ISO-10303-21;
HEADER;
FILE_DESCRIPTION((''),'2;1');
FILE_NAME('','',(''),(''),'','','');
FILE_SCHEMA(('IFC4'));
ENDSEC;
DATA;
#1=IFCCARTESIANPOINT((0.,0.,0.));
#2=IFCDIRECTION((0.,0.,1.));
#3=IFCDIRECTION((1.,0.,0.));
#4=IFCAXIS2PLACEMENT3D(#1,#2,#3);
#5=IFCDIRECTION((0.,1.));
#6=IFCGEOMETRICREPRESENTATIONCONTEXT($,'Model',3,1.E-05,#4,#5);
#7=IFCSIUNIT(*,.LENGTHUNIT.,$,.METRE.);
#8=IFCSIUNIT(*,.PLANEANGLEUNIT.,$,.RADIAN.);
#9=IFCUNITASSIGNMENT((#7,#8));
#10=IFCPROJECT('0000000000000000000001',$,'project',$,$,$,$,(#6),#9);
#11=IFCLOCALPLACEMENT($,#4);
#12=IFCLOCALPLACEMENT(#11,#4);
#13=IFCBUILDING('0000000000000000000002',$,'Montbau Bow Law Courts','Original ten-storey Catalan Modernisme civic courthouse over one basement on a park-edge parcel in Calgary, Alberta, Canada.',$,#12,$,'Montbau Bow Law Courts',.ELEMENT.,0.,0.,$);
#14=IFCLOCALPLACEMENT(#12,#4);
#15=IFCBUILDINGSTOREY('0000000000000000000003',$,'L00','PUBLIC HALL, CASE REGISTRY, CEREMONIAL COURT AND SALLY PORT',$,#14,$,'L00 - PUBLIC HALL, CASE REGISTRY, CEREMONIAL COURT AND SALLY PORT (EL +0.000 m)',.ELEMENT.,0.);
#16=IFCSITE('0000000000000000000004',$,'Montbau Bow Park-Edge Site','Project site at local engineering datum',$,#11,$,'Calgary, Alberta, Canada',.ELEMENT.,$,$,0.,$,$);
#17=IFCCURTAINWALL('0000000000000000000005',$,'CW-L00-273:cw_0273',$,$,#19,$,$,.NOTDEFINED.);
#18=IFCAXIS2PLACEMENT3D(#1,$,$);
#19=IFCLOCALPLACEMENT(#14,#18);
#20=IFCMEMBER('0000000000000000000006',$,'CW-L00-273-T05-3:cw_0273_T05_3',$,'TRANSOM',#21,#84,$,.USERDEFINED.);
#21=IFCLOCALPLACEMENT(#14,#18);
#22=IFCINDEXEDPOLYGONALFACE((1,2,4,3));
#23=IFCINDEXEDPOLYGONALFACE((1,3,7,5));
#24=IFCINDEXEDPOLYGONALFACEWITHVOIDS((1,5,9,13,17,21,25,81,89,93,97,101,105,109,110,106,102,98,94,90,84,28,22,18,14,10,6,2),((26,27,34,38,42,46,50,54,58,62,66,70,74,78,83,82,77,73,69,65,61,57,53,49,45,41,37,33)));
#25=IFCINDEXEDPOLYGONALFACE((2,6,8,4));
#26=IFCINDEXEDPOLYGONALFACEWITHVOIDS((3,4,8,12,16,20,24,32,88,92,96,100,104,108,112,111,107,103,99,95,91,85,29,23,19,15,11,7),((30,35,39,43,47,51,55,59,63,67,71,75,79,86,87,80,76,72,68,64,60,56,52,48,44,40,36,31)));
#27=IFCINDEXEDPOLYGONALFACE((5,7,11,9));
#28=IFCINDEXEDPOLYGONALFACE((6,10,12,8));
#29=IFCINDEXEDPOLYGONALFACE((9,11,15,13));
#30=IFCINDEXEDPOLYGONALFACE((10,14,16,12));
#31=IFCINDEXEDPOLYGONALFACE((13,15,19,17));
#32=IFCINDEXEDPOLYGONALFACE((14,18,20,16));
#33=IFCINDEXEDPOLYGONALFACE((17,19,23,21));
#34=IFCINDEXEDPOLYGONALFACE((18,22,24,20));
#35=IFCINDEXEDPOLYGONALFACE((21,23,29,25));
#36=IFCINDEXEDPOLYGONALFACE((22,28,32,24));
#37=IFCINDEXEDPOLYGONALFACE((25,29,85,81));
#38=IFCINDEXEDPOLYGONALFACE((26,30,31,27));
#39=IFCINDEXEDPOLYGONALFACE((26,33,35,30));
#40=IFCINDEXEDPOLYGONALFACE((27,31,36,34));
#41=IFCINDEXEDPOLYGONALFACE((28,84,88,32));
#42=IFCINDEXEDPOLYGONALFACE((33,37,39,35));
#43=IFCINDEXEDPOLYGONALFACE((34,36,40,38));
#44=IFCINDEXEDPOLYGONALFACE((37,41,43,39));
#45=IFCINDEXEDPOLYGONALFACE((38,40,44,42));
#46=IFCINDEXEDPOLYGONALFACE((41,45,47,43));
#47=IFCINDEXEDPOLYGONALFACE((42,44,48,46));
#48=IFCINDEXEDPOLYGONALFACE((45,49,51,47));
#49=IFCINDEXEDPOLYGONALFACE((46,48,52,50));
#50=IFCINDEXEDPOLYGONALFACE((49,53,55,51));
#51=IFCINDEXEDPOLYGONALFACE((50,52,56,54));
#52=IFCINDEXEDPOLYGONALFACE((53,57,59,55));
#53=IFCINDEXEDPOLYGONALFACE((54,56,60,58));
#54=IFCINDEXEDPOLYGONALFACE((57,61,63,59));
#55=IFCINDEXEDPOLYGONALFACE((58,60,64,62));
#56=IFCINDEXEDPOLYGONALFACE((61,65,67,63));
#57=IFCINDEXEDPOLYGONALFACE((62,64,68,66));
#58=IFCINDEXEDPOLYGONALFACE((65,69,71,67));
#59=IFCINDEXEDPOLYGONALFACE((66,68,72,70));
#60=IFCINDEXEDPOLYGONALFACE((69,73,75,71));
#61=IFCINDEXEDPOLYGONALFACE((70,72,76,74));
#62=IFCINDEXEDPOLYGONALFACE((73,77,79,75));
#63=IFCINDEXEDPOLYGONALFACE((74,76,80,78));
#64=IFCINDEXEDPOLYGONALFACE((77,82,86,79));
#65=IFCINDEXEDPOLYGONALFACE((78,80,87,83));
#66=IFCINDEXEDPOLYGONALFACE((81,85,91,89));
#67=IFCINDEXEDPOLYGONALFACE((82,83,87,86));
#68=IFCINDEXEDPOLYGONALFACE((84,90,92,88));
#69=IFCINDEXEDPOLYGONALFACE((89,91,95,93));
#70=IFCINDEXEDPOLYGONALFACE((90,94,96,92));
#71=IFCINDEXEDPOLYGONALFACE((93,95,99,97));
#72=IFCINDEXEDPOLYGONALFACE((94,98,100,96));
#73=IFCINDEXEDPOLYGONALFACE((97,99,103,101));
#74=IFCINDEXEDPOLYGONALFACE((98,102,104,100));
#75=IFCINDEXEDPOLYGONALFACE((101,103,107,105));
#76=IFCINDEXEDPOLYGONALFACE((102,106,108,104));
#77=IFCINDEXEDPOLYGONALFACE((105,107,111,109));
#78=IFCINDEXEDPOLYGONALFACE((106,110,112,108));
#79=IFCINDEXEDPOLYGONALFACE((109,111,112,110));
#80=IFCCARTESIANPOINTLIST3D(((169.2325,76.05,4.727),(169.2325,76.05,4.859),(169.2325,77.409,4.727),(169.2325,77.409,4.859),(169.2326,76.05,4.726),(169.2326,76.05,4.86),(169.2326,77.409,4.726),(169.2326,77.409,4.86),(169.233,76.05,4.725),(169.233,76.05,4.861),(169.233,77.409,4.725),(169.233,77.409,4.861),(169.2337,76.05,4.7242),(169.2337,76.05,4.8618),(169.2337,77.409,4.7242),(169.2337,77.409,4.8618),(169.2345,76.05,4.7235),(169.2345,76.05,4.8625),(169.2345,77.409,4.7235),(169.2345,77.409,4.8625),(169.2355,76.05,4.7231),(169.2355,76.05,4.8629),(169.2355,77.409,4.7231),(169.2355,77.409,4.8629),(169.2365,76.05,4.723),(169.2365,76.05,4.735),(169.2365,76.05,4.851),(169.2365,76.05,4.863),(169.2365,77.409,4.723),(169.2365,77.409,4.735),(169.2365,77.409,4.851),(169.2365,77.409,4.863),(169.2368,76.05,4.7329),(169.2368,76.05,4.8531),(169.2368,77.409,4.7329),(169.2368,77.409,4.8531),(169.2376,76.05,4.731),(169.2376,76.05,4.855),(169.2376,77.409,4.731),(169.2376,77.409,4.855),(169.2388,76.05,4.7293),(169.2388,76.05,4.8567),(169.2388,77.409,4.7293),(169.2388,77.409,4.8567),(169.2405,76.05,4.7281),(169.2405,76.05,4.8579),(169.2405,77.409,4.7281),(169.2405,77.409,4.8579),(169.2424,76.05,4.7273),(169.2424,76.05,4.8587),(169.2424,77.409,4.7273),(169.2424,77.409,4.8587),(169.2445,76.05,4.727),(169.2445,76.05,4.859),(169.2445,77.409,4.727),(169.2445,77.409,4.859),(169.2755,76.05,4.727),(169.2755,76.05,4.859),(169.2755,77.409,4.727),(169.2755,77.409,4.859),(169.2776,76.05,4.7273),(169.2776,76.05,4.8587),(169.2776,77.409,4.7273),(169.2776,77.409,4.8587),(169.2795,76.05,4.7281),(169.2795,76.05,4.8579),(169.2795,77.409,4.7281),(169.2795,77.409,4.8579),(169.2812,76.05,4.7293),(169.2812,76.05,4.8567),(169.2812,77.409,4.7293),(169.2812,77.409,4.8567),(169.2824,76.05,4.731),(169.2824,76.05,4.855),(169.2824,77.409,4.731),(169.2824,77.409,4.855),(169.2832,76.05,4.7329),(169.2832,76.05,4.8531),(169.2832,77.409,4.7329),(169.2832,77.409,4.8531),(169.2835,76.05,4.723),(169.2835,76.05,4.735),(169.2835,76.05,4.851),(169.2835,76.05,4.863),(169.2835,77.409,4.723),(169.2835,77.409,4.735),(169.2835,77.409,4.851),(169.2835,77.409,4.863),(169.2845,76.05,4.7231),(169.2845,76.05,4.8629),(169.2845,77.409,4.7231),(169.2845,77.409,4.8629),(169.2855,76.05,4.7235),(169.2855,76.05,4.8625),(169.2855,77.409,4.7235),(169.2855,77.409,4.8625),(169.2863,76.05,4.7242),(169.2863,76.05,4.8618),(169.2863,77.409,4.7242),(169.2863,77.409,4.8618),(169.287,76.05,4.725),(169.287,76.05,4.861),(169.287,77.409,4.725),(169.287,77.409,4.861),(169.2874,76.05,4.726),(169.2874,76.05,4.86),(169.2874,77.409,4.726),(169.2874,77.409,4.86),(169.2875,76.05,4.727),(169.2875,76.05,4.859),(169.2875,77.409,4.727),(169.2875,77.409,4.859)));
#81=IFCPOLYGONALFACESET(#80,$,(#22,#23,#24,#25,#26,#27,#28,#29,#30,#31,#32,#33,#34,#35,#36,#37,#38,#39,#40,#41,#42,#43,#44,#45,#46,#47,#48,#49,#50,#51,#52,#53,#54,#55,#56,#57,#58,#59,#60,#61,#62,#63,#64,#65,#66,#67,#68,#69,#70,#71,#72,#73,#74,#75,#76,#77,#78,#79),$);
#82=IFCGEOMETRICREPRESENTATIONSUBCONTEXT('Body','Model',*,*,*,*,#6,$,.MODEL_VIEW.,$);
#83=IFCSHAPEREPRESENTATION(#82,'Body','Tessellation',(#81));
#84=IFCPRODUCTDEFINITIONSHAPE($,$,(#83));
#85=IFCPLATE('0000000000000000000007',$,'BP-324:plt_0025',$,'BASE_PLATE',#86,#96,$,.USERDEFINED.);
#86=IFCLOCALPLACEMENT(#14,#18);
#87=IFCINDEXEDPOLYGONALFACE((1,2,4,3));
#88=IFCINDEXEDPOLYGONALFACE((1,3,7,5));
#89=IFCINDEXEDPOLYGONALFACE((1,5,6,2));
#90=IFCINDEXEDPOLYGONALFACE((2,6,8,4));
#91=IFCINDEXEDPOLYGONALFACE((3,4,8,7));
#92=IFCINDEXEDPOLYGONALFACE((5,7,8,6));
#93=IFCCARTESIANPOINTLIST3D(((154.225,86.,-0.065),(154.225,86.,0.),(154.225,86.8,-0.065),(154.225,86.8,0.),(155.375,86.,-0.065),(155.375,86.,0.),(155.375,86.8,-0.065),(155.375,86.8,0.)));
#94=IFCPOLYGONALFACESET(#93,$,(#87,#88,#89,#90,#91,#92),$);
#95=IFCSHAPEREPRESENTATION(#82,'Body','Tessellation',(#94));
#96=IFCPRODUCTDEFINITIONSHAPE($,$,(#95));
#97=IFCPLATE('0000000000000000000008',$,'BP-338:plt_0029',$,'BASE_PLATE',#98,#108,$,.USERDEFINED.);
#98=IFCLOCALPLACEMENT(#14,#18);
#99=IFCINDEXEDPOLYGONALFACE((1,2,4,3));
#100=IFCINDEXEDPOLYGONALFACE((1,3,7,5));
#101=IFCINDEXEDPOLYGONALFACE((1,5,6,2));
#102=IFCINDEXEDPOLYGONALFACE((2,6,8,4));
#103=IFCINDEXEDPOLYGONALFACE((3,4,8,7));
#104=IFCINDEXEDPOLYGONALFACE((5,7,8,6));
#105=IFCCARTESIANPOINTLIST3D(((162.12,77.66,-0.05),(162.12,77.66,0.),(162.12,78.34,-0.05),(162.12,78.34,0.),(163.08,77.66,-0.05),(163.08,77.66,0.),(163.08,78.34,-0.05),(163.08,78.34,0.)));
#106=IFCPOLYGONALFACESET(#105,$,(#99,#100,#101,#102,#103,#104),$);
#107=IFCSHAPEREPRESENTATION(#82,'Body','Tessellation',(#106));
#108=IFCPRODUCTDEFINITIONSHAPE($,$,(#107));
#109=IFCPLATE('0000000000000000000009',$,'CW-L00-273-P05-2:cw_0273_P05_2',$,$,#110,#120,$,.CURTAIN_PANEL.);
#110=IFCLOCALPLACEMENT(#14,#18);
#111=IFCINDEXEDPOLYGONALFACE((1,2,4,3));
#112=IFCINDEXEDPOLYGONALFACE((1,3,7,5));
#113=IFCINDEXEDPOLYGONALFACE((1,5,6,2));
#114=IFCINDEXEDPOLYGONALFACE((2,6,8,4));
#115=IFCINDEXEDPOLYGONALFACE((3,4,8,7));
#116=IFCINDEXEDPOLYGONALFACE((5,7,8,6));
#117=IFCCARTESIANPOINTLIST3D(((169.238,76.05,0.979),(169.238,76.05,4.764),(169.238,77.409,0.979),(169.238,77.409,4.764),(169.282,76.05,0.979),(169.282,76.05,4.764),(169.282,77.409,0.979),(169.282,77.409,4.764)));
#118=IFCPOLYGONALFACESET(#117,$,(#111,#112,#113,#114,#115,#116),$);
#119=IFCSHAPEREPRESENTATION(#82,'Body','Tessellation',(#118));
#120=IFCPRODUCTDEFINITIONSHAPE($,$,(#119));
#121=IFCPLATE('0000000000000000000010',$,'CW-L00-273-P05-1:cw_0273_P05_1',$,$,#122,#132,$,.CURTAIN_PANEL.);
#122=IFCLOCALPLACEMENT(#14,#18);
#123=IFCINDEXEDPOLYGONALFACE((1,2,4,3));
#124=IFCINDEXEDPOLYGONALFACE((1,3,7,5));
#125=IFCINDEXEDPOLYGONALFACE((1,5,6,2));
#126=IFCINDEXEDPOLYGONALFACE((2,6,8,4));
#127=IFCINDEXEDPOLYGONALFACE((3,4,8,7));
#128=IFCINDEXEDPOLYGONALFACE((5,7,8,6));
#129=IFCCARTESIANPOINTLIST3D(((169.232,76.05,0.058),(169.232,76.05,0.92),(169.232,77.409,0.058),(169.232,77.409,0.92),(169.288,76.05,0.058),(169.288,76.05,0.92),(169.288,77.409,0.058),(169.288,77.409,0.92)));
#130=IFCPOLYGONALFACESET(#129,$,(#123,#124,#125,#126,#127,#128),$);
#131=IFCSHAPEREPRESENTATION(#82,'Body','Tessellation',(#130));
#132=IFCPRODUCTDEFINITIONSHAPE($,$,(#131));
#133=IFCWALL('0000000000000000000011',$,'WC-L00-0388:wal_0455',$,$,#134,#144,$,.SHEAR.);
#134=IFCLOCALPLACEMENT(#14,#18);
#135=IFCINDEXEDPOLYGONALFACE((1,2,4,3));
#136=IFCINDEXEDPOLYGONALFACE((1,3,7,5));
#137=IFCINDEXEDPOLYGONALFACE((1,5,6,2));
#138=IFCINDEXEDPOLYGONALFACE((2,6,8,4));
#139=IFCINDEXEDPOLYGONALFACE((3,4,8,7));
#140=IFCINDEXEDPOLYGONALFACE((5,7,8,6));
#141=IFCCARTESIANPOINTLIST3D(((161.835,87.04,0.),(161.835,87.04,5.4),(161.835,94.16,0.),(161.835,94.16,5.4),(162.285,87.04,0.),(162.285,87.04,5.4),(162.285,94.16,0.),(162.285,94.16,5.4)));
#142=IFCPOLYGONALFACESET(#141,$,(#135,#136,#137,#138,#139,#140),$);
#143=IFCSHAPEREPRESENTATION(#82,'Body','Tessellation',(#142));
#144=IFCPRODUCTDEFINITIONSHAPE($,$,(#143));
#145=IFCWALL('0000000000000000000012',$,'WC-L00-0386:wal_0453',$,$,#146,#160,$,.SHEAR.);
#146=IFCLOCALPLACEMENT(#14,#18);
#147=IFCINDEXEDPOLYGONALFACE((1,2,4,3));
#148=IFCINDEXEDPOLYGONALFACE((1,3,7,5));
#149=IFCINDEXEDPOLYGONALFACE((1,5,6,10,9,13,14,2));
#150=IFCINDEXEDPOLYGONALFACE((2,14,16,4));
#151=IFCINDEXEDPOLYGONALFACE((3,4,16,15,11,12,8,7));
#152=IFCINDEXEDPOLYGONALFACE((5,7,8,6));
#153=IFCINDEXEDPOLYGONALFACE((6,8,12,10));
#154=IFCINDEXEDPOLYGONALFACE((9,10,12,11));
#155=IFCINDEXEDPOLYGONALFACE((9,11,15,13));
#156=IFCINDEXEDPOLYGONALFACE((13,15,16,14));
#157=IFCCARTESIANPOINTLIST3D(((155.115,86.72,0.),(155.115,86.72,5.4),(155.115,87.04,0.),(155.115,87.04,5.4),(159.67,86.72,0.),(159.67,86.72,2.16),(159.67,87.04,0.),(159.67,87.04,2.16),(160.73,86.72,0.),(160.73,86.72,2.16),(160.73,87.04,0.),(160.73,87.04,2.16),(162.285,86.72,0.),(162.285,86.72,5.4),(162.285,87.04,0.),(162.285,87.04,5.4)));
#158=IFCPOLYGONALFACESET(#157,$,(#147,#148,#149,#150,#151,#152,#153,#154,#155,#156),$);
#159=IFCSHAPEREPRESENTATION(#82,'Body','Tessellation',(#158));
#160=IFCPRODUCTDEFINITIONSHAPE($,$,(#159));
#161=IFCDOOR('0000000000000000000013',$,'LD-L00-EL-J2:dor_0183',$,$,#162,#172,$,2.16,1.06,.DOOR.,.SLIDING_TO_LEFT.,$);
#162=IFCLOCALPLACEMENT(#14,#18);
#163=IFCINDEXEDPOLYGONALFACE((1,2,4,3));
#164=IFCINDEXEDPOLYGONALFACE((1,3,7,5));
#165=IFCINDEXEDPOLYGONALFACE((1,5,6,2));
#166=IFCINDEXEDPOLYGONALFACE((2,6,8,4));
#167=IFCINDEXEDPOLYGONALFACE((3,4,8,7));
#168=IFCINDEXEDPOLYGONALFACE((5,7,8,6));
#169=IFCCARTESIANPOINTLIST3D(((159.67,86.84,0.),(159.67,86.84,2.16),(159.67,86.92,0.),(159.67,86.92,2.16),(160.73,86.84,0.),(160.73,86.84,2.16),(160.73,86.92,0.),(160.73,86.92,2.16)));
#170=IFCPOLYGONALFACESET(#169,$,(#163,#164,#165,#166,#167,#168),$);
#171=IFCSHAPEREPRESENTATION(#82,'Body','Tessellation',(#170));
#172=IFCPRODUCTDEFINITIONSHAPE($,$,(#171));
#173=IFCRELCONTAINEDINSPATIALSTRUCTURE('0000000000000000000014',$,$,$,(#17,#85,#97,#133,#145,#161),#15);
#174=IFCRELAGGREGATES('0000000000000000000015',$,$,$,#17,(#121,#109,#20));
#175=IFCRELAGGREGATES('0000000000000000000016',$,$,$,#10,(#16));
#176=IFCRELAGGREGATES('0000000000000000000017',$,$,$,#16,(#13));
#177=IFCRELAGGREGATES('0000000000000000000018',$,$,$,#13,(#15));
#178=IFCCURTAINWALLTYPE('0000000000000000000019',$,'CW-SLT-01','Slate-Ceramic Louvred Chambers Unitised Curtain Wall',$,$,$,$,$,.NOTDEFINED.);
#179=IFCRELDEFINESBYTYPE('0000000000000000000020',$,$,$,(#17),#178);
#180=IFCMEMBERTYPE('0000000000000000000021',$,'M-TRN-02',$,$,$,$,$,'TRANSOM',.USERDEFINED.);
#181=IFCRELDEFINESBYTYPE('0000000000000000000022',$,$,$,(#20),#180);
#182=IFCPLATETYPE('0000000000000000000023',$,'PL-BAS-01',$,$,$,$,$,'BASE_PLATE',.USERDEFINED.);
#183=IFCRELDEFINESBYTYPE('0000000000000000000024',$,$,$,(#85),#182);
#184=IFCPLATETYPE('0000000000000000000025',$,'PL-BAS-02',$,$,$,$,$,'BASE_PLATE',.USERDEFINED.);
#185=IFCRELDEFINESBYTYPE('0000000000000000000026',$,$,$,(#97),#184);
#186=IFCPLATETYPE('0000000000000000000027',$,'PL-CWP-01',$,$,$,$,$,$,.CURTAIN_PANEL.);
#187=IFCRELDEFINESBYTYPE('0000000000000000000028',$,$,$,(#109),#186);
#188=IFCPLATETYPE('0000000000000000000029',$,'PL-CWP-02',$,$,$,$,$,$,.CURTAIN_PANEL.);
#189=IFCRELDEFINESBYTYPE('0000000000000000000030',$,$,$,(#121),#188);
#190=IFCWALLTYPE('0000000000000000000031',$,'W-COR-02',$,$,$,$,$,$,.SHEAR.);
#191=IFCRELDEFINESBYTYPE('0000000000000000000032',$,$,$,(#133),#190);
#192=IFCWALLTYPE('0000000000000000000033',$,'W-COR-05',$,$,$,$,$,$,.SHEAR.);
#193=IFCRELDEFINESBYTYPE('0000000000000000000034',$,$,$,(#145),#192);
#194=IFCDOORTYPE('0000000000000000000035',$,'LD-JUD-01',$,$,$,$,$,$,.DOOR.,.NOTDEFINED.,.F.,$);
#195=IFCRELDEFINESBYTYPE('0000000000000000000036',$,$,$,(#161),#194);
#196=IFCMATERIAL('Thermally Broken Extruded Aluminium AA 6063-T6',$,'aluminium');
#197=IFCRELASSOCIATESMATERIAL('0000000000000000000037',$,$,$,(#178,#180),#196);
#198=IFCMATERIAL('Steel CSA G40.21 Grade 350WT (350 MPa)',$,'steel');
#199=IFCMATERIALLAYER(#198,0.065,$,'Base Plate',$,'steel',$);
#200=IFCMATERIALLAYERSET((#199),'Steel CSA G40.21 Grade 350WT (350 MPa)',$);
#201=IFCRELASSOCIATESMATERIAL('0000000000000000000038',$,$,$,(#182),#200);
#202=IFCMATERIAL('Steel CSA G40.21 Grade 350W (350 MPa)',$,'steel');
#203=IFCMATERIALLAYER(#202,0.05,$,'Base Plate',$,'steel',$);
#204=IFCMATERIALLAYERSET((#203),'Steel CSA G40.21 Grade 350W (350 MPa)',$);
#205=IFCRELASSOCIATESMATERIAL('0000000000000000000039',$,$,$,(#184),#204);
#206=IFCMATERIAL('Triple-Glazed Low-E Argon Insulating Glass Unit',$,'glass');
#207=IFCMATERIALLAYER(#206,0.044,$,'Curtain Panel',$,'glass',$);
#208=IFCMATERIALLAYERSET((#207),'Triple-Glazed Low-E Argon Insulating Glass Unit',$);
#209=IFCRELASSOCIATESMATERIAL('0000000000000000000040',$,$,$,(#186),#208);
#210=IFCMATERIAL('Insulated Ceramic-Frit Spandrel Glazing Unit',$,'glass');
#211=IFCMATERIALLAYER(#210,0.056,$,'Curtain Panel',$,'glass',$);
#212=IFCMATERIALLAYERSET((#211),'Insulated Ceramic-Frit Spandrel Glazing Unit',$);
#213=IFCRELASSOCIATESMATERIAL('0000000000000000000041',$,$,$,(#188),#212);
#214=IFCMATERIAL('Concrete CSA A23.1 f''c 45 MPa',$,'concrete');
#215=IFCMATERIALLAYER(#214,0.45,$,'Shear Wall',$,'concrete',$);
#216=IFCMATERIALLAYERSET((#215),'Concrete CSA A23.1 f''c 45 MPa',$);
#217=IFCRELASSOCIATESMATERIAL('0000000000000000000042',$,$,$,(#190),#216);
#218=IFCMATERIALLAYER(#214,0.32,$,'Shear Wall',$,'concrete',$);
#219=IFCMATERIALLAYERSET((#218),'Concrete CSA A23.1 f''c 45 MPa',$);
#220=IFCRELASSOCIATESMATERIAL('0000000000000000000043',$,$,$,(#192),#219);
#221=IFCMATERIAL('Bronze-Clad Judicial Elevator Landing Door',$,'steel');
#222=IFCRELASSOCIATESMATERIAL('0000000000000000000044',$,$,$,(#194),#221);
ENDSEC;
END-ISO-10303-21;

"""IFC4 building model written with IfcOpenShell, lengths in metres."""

from ifc_helpers import new_model, si_unit, direction, frame, frame_2d, origin_with_axes, origin_2d_with_axis, place, context, subcontext, project, spatial, rectangle, hollow_rectangle, extrude, material, layer, layer_set, material_profile, profile_set, type_object, element, fill, aggregate, save


model = new_model("IFC4")

# Units and contexts
model_context = context("Model", 3, precision=1e-05, world=origin_with_axes(), true_north=direction((0.0, 1.0)))
body_context = subcontext(model_context, "Body", "Model", "MODEL_VIEW")
ifc_project = project(units=[si_unit("LENGTHUNIT", "METRE"), si_unit("PLANEANGLEUNIT", "RADIAN")], contexts=[model_context])

# Site, building, storey
site_placement = place(None, origin_with_axes())
site = spatial("IfcSite", under=ifc_project, at=site_placement, Name="Montbau Bow Park-Edge Site", Description="Project site at local engineering datum", LongName="Calgary, Alberta, Canada", CompositionType="ELEMENT", RefElevation=0.0)
building_placement = place(site_placement, origin_with_axes())
building = spatial("IfcBuilding", under=site, at=building_placement, Name="Montbau Bow Law Courts", Description="Original ten-storey Catalan Modernisme civic courthouse over one basement on a park-edge parcel in Calgary, Alberta, Canada.", LongName="Montbau Bow Law Courts", CompositionType="ELEMENT", ElevationOfRefHeight=0.0, ElevationOfTerrain=0.0)
storey_placement = place(building_placement, origin_with_axes())
storey = spatial("IfcBuildingStorey", under=building, at=storey_placement, Name="L00", Description="PUBLIC HALL, CASE REGISTRY, CEREMONIAL COURT AND SALLY PORT", LongName="L00 - PUBLIC HALL, CASE REGISTRY, CEREMONIAL COURT AND SALLY PORT (EL +0.000 m)", CompositionType="ELEMENT", Elevation=0.0)

# Shared definitions
ifc_material_1 = material(Name="Steel CSA G40.21 Grade 350W (350 MPa)", Category="steel")

# Curtain wall, member
ifc_material_2 = material(Name="Thermally Broken Extruded Aluminium AA 6063-T6", Category="aluminium")
curtain_wall_type = type_object("IfcCurtainWallType", Name="CW-SLT-01", Description="Slate-Ceramic Louvred Chambers Unitised Curtain Wall", PredefinedType="NOTDEFINED", material=ifc_material_2)
curtain_wall_placement = place(None, frame((169.26, 70.115, 0.0), z_axis=(0.0, 0.0, 1.0), x_axis=(1.0, 0.0, 0.0)))
curtain_wall = element("IfcCurtainWall", 1, at=curtain_wall_placement, inside=storey, type_object=curtain_wall_type, Name="CW-L00-273:cw_0273", PredefinedType="NOTDEFINED")
ifc_material_profile_1 = material_profile(ifc_material_2, hollow_rectangle(XDim=0.055, YDim=0.14, WallThickness=0.004, InnerFilletRadius=0.008, OuterFilletRadius=0.004, at=origin_2d_with_axis()), Name="CWT-140X55", Category="Main", Priority=0)
ifc_profile_set_1 = profile_set([ifc_material_profile_1], Name="Thermally Broken Extruded Aluminium AA 6063-T6")
member_type_1 = type_object("IfcMemberType", Name="M-TRN-02", ElementType="TRANSOM", PredefinedType="USERDEFINED", material=ifc_profile_set_1)
member_1_placement = place(None, frame((169.26, 76.05, 4.793), z_axis=(0.0, 1.0, 0.0), x_axis=(-1.0, 0.0, 0.0)))
member_1 = element("IfcMember", 2, at=member_1_placement, type_object=member_type_1, Name="CW-L00-273-T05-3:cw_0273_T05_3", ObjectType="TRANSOM", PredefinedType="USERDEFINED", context=body_context, shape_type="SweptSolid", body=[
    extrude(hollow_rectangle(XDim=0.055, YDim=0.14, WallThickness=0.004, InnerFilletRadius=0.008, OuterFilletRadius=0.004, at=origin_2d_with_axis()), origin_with_axes(), (0.0, 0.0, 1.0), 1.359),
])

# Plates
ifc_material_3 = material(Name="Steel CSA G40.21 Grade 350WT (350 MPa)", Category="steel")
ifc_layer_1 = layer(ifc_material_3, 0.065, Name="Base Plate", Category="steel")
ifc_layer_set_1 = layer_set([ifc_layer_1], Name="Steel CSA G40.21 Grade 350WT (350 MPa)")
plate_type_1 = type_object("IfcPlateType", Name="PL-BAS-01", ElementType="BASE_PLATE", PredefinedType="USERDEFINED", material=ifc_layer_set_1)
plate_1_placement = place(None, frame((154.8, 86.4, -0.065), z_axis=(0.0, 0.0, 1.0), x_axis=(1.0, 0.0, 0.0)))
element("IfcPlate", 3, at=plate_1_placement, inside=storey, type_object=plate_type_1, Name="BP-324:plt_0025", ObjectType="BASE_PLATE", PredefinedType="USERDEFINED", context=body_context, shape_type="SweptSolid", body=[
    extrude(rectangle(XDim=1.15, YDim=0.8, at=origin_2d_with_axis()), origin_with_axes(), (0.0, 0.0, 1.0), 0.065),
])
ifc_layer_2 = layer(ifc_material_1, 0.05, Name="Base Plate", Category="steel")
ifc_layer_set_2 = layer_set([ifc_layer_2], Name="Steel CSA G40.21 Grade 350W (350 MPa)")
plate_type_2 = type_object("IfcPlateType", Name="PL-BAS-02", ElementType="BASE_PLATE", PredefinedType="USERDEFINED", material=ifc_layer_set_2)
plate_2_placement = place(None, frame((162.6, 78.0, -0.05), z_axis=(0.0, 0.0, 1.0), x_axis=(1.0, 0.0, 0.0)))
element("IfcPlate", 4, at=plate_2_placement, inside=storey, type_object=plate_type_2, Name="BP-338:plt_0029", ObjectType="BASE_PLATE", PredefinedType="USERDEFINED", context=body_context, shape_type="SweptSolid", body=[
    extrude(rectangle(XDim=0.96, YDim=0.68, at=origin_2d_with_axis()), origin_with_axes(), (0.0, 0.0, 1.0), 0.05),
])

# Plates
ifc_material_4 = material(Name="Triple-Glazed Low-E Argon Insulating Glass Unit", Category="glass")
ifc_layer_3 = layer(ifc_material_4, 0.044, Name="Curtain Panel", Category="glass")
ifc_layer_set_3 = layer_set([ifc_layer_3], Name="Triple-Glazed Low-E Argon Insulating Glass Unit")
plate_type_3 = type_object("IfcPlateType", Name="PL-CWP-01", PredefinedType="CURTAIN_PANEL", material=ifc_layer_set_3)
plate_3_placement = place(None, frame((169.26, 76.05, 0.979), z_axis=(1.0, 0.0, 0.0), x_axis=(0.0, 1.0, 0.0)))
plate_3 = element("IfcPlate", 5, at=plate_3_placement, type_object=plate_type_3, Name="CW-L00-273-P05-2:cw_0273_P05_2", PredefinedType="CURTAIN_PANEL", context=body_context, shape_type="SweptSolid", body=[
    extrude(rectangle(XDim=1.359, YDim=3.785, at=frame_2d((0.6795, 1.8925), x_axis=(1.0, 0.0))), frame((0.0, 0.0, -0.022), z_axis=(0.0, 0.0, 1.0), x_axis=(1.0, 0.0, 0.0)), (0.0, 0.0, 1.0), 0.044),
])
ifc_material_5 = material(Name="Insulated Ceramic-Frit Spandrel Glazing Unit", Category="glass")
ifc_layer_4 = layer(ifc_material_5, 0.056, Name="Curtain Panel", Category="glass")
ifc_layer_set_4 = layer_set([ifc_layer_4], Name="Insulated Ceramic-Frit Spandrel Glazing Unit")
plate_type_4 = type_object("IfcPlateType", Name="PL-CWP-02", PredefinedType="CURTAIN_PANEL", material=ifc_layer_set_4)
plate_4_placement = place(None, frame((169.26, 76.05, 0.058), z_axis=(1.0, 0.0, 0.0), x_axis=(0.0, 1.0, 0.0)))
plate_4 = element("IfcPlate", 6, at=plate_4_placement, type_object=plate_type_4, Name="CW-L00-273-P05-1:cw_0273_P05_1", PredefinedType="CURTAIN_PANEL", context=body_context, shape_type="SweptSolid", body=[
    extrude(rectangle(XDim=1.359, YDim=0.862, at=frame_2d((0.6795, 0.431), x_axis=(1.0, 0.0))), frame((0.0, 0.0, -0.028), z_axis=(0.0, 0.0, 1.0), x_axis=(1.0, 0.0, 0.0)), (0.0, 0.0, 1.0), 0.056),
])
aggregate(curtain_wall, [plate_4, plate_3, member_1])

# Wall
ifc_material_6 = material(Name="Concrete CSA A23.1 f'c 45 MPa", Category="concrete")
ifc_layer_5 = layer(ifc_material_6, 0.45, Name="Shear Wall", Category="concrete")
ifc_layer_set_5 = layer_set([ifc_layer_5], Name="Concrete CSA A23.1 f'c 45 MPa")
wall_type_1 = type_object("IfcWallType", Name="W-COR-02", PredefinedType="SHEAR", material=ifc_layer_set_5)
wall_1_placement = place(None, frame((162.06, 87.04, 0.0), z_axis=(0.0, 0.0, 1.0), x_axis=(0.0, 1.0, 0.0)))
element("IfcWall", 7, at=wall_1_placement, inside=storey, type_object=wall_type_1, Name="WC-L00-0388:wal_0455", PredefinedType="SHEAR", context=body_context, shape_type="SweptSolid", body=[
    extrude(rectangle(XDim=7.12, YDim=0.45, at=frame_2d((3.56, 0.0), x_axis=(1.0, 0.0))), origin_with_axes(), (0.0, 0.0, 1.0), 5.4),
])

# Wall, opening, door
ifc_layer_6 = layer(ifc_material_6, 0.32, Name="Shear Wall", Category="concrete")
ifc_layer_set_6 = layer_set([ifc_layer_6], Name="Concrete CSA A23.1 f'c 45 MPa")
wall_type_2 = type_object("IfcWallType", Name="W-COR-05", PredefinedType="SHEAR", material=ifc_layer_set_6)
wall_2_placement = place(None, frame((155.115, 86.88, 0.0), z_axis=(0.0, 0.0, 1.0), x_axis=(1.0, 0.0, 0.0)))
wall_2 = element("IfcWall", 8, at=wall_2_placement, inside=storey, type_object=wall_type_2, Name="WC-L00-0386:wal_0453", PredefinedType="SHEAR", context=body_context, shape_type="SweptSolid", body=[
    extrude(rectangle(XDim=7.17, YDim=0.32, at=frame_2d((3.585, 0.0), x_axis=(1.0, 0.0))), origin_with_axes(), (0.0, 0.0, 1.0), 5.4),
])
opening_placement = place(None, frame((160.2, 86.88, 0.0), z_axis=(0.0, 0.0, 1.0), x_axis=(1.0, 0.0, 0.0)))
opening = element("IfcOpeningElement", 9, at=opening_placement, cuts=wall_2, PredefinedType="OPENING", context=body_context, shape_type="SweptSolid", body=[
    extrude(rectangle(XDim=1.06, YDim=2.16, at=frame_2d((0.0, 1.08), x_axis=(1.0, 0.0))), frame((0.0, 0.17, 0.0), z_axis=(0.0, -1.0, 0.0), x_axis=(1.0, 0.0, 0.0)), (0.0, 0.0, 1.0), 0.34),
])
ifc_material_7 = material(Name="Bronze-Clad Judicial Elevator Landing Door", Category="steel")
door_type = type_object("IfcDoorType", Name="LD-JUD-01", OperationType="NOTDEFINED", ParameterTakesPrecedence=False, PredefinedType="DOOR", material=ifc_material_7)
door_placement = place(None, frame((160.2, 86.88, 0.0), z_axis=(0.0, 0.0, 1.0), x_axis=(-1.0, 0.0, 0.0)))
door = element("IfcDoor", 10, at=door_placement, inside=storey, type_object=door_type, Name="LD-L00-EL-J2:dor_0183", OperationType="SLIDING_TO_LEFT", OverallHeight=2.16, OverallWidth=1.06, PredefinedType="DOOR", context=body_context, shape_type="SweptSolid", body=[
    extrude(rectangle(XDim=1.06, YDim=2.16, at=frame_2d((0.0, 1.08), x_axis=(1.0, 0.0))), frame((0.0, 0.04, 0.0), z_axis=(0.0, -1.0, 0.0), x_axis=(1.0, 0.0, 0.0)), (0.0, 0.0, 1.0), 0.08),
])
fill(opening, door)

save(model, "model.ifc")
